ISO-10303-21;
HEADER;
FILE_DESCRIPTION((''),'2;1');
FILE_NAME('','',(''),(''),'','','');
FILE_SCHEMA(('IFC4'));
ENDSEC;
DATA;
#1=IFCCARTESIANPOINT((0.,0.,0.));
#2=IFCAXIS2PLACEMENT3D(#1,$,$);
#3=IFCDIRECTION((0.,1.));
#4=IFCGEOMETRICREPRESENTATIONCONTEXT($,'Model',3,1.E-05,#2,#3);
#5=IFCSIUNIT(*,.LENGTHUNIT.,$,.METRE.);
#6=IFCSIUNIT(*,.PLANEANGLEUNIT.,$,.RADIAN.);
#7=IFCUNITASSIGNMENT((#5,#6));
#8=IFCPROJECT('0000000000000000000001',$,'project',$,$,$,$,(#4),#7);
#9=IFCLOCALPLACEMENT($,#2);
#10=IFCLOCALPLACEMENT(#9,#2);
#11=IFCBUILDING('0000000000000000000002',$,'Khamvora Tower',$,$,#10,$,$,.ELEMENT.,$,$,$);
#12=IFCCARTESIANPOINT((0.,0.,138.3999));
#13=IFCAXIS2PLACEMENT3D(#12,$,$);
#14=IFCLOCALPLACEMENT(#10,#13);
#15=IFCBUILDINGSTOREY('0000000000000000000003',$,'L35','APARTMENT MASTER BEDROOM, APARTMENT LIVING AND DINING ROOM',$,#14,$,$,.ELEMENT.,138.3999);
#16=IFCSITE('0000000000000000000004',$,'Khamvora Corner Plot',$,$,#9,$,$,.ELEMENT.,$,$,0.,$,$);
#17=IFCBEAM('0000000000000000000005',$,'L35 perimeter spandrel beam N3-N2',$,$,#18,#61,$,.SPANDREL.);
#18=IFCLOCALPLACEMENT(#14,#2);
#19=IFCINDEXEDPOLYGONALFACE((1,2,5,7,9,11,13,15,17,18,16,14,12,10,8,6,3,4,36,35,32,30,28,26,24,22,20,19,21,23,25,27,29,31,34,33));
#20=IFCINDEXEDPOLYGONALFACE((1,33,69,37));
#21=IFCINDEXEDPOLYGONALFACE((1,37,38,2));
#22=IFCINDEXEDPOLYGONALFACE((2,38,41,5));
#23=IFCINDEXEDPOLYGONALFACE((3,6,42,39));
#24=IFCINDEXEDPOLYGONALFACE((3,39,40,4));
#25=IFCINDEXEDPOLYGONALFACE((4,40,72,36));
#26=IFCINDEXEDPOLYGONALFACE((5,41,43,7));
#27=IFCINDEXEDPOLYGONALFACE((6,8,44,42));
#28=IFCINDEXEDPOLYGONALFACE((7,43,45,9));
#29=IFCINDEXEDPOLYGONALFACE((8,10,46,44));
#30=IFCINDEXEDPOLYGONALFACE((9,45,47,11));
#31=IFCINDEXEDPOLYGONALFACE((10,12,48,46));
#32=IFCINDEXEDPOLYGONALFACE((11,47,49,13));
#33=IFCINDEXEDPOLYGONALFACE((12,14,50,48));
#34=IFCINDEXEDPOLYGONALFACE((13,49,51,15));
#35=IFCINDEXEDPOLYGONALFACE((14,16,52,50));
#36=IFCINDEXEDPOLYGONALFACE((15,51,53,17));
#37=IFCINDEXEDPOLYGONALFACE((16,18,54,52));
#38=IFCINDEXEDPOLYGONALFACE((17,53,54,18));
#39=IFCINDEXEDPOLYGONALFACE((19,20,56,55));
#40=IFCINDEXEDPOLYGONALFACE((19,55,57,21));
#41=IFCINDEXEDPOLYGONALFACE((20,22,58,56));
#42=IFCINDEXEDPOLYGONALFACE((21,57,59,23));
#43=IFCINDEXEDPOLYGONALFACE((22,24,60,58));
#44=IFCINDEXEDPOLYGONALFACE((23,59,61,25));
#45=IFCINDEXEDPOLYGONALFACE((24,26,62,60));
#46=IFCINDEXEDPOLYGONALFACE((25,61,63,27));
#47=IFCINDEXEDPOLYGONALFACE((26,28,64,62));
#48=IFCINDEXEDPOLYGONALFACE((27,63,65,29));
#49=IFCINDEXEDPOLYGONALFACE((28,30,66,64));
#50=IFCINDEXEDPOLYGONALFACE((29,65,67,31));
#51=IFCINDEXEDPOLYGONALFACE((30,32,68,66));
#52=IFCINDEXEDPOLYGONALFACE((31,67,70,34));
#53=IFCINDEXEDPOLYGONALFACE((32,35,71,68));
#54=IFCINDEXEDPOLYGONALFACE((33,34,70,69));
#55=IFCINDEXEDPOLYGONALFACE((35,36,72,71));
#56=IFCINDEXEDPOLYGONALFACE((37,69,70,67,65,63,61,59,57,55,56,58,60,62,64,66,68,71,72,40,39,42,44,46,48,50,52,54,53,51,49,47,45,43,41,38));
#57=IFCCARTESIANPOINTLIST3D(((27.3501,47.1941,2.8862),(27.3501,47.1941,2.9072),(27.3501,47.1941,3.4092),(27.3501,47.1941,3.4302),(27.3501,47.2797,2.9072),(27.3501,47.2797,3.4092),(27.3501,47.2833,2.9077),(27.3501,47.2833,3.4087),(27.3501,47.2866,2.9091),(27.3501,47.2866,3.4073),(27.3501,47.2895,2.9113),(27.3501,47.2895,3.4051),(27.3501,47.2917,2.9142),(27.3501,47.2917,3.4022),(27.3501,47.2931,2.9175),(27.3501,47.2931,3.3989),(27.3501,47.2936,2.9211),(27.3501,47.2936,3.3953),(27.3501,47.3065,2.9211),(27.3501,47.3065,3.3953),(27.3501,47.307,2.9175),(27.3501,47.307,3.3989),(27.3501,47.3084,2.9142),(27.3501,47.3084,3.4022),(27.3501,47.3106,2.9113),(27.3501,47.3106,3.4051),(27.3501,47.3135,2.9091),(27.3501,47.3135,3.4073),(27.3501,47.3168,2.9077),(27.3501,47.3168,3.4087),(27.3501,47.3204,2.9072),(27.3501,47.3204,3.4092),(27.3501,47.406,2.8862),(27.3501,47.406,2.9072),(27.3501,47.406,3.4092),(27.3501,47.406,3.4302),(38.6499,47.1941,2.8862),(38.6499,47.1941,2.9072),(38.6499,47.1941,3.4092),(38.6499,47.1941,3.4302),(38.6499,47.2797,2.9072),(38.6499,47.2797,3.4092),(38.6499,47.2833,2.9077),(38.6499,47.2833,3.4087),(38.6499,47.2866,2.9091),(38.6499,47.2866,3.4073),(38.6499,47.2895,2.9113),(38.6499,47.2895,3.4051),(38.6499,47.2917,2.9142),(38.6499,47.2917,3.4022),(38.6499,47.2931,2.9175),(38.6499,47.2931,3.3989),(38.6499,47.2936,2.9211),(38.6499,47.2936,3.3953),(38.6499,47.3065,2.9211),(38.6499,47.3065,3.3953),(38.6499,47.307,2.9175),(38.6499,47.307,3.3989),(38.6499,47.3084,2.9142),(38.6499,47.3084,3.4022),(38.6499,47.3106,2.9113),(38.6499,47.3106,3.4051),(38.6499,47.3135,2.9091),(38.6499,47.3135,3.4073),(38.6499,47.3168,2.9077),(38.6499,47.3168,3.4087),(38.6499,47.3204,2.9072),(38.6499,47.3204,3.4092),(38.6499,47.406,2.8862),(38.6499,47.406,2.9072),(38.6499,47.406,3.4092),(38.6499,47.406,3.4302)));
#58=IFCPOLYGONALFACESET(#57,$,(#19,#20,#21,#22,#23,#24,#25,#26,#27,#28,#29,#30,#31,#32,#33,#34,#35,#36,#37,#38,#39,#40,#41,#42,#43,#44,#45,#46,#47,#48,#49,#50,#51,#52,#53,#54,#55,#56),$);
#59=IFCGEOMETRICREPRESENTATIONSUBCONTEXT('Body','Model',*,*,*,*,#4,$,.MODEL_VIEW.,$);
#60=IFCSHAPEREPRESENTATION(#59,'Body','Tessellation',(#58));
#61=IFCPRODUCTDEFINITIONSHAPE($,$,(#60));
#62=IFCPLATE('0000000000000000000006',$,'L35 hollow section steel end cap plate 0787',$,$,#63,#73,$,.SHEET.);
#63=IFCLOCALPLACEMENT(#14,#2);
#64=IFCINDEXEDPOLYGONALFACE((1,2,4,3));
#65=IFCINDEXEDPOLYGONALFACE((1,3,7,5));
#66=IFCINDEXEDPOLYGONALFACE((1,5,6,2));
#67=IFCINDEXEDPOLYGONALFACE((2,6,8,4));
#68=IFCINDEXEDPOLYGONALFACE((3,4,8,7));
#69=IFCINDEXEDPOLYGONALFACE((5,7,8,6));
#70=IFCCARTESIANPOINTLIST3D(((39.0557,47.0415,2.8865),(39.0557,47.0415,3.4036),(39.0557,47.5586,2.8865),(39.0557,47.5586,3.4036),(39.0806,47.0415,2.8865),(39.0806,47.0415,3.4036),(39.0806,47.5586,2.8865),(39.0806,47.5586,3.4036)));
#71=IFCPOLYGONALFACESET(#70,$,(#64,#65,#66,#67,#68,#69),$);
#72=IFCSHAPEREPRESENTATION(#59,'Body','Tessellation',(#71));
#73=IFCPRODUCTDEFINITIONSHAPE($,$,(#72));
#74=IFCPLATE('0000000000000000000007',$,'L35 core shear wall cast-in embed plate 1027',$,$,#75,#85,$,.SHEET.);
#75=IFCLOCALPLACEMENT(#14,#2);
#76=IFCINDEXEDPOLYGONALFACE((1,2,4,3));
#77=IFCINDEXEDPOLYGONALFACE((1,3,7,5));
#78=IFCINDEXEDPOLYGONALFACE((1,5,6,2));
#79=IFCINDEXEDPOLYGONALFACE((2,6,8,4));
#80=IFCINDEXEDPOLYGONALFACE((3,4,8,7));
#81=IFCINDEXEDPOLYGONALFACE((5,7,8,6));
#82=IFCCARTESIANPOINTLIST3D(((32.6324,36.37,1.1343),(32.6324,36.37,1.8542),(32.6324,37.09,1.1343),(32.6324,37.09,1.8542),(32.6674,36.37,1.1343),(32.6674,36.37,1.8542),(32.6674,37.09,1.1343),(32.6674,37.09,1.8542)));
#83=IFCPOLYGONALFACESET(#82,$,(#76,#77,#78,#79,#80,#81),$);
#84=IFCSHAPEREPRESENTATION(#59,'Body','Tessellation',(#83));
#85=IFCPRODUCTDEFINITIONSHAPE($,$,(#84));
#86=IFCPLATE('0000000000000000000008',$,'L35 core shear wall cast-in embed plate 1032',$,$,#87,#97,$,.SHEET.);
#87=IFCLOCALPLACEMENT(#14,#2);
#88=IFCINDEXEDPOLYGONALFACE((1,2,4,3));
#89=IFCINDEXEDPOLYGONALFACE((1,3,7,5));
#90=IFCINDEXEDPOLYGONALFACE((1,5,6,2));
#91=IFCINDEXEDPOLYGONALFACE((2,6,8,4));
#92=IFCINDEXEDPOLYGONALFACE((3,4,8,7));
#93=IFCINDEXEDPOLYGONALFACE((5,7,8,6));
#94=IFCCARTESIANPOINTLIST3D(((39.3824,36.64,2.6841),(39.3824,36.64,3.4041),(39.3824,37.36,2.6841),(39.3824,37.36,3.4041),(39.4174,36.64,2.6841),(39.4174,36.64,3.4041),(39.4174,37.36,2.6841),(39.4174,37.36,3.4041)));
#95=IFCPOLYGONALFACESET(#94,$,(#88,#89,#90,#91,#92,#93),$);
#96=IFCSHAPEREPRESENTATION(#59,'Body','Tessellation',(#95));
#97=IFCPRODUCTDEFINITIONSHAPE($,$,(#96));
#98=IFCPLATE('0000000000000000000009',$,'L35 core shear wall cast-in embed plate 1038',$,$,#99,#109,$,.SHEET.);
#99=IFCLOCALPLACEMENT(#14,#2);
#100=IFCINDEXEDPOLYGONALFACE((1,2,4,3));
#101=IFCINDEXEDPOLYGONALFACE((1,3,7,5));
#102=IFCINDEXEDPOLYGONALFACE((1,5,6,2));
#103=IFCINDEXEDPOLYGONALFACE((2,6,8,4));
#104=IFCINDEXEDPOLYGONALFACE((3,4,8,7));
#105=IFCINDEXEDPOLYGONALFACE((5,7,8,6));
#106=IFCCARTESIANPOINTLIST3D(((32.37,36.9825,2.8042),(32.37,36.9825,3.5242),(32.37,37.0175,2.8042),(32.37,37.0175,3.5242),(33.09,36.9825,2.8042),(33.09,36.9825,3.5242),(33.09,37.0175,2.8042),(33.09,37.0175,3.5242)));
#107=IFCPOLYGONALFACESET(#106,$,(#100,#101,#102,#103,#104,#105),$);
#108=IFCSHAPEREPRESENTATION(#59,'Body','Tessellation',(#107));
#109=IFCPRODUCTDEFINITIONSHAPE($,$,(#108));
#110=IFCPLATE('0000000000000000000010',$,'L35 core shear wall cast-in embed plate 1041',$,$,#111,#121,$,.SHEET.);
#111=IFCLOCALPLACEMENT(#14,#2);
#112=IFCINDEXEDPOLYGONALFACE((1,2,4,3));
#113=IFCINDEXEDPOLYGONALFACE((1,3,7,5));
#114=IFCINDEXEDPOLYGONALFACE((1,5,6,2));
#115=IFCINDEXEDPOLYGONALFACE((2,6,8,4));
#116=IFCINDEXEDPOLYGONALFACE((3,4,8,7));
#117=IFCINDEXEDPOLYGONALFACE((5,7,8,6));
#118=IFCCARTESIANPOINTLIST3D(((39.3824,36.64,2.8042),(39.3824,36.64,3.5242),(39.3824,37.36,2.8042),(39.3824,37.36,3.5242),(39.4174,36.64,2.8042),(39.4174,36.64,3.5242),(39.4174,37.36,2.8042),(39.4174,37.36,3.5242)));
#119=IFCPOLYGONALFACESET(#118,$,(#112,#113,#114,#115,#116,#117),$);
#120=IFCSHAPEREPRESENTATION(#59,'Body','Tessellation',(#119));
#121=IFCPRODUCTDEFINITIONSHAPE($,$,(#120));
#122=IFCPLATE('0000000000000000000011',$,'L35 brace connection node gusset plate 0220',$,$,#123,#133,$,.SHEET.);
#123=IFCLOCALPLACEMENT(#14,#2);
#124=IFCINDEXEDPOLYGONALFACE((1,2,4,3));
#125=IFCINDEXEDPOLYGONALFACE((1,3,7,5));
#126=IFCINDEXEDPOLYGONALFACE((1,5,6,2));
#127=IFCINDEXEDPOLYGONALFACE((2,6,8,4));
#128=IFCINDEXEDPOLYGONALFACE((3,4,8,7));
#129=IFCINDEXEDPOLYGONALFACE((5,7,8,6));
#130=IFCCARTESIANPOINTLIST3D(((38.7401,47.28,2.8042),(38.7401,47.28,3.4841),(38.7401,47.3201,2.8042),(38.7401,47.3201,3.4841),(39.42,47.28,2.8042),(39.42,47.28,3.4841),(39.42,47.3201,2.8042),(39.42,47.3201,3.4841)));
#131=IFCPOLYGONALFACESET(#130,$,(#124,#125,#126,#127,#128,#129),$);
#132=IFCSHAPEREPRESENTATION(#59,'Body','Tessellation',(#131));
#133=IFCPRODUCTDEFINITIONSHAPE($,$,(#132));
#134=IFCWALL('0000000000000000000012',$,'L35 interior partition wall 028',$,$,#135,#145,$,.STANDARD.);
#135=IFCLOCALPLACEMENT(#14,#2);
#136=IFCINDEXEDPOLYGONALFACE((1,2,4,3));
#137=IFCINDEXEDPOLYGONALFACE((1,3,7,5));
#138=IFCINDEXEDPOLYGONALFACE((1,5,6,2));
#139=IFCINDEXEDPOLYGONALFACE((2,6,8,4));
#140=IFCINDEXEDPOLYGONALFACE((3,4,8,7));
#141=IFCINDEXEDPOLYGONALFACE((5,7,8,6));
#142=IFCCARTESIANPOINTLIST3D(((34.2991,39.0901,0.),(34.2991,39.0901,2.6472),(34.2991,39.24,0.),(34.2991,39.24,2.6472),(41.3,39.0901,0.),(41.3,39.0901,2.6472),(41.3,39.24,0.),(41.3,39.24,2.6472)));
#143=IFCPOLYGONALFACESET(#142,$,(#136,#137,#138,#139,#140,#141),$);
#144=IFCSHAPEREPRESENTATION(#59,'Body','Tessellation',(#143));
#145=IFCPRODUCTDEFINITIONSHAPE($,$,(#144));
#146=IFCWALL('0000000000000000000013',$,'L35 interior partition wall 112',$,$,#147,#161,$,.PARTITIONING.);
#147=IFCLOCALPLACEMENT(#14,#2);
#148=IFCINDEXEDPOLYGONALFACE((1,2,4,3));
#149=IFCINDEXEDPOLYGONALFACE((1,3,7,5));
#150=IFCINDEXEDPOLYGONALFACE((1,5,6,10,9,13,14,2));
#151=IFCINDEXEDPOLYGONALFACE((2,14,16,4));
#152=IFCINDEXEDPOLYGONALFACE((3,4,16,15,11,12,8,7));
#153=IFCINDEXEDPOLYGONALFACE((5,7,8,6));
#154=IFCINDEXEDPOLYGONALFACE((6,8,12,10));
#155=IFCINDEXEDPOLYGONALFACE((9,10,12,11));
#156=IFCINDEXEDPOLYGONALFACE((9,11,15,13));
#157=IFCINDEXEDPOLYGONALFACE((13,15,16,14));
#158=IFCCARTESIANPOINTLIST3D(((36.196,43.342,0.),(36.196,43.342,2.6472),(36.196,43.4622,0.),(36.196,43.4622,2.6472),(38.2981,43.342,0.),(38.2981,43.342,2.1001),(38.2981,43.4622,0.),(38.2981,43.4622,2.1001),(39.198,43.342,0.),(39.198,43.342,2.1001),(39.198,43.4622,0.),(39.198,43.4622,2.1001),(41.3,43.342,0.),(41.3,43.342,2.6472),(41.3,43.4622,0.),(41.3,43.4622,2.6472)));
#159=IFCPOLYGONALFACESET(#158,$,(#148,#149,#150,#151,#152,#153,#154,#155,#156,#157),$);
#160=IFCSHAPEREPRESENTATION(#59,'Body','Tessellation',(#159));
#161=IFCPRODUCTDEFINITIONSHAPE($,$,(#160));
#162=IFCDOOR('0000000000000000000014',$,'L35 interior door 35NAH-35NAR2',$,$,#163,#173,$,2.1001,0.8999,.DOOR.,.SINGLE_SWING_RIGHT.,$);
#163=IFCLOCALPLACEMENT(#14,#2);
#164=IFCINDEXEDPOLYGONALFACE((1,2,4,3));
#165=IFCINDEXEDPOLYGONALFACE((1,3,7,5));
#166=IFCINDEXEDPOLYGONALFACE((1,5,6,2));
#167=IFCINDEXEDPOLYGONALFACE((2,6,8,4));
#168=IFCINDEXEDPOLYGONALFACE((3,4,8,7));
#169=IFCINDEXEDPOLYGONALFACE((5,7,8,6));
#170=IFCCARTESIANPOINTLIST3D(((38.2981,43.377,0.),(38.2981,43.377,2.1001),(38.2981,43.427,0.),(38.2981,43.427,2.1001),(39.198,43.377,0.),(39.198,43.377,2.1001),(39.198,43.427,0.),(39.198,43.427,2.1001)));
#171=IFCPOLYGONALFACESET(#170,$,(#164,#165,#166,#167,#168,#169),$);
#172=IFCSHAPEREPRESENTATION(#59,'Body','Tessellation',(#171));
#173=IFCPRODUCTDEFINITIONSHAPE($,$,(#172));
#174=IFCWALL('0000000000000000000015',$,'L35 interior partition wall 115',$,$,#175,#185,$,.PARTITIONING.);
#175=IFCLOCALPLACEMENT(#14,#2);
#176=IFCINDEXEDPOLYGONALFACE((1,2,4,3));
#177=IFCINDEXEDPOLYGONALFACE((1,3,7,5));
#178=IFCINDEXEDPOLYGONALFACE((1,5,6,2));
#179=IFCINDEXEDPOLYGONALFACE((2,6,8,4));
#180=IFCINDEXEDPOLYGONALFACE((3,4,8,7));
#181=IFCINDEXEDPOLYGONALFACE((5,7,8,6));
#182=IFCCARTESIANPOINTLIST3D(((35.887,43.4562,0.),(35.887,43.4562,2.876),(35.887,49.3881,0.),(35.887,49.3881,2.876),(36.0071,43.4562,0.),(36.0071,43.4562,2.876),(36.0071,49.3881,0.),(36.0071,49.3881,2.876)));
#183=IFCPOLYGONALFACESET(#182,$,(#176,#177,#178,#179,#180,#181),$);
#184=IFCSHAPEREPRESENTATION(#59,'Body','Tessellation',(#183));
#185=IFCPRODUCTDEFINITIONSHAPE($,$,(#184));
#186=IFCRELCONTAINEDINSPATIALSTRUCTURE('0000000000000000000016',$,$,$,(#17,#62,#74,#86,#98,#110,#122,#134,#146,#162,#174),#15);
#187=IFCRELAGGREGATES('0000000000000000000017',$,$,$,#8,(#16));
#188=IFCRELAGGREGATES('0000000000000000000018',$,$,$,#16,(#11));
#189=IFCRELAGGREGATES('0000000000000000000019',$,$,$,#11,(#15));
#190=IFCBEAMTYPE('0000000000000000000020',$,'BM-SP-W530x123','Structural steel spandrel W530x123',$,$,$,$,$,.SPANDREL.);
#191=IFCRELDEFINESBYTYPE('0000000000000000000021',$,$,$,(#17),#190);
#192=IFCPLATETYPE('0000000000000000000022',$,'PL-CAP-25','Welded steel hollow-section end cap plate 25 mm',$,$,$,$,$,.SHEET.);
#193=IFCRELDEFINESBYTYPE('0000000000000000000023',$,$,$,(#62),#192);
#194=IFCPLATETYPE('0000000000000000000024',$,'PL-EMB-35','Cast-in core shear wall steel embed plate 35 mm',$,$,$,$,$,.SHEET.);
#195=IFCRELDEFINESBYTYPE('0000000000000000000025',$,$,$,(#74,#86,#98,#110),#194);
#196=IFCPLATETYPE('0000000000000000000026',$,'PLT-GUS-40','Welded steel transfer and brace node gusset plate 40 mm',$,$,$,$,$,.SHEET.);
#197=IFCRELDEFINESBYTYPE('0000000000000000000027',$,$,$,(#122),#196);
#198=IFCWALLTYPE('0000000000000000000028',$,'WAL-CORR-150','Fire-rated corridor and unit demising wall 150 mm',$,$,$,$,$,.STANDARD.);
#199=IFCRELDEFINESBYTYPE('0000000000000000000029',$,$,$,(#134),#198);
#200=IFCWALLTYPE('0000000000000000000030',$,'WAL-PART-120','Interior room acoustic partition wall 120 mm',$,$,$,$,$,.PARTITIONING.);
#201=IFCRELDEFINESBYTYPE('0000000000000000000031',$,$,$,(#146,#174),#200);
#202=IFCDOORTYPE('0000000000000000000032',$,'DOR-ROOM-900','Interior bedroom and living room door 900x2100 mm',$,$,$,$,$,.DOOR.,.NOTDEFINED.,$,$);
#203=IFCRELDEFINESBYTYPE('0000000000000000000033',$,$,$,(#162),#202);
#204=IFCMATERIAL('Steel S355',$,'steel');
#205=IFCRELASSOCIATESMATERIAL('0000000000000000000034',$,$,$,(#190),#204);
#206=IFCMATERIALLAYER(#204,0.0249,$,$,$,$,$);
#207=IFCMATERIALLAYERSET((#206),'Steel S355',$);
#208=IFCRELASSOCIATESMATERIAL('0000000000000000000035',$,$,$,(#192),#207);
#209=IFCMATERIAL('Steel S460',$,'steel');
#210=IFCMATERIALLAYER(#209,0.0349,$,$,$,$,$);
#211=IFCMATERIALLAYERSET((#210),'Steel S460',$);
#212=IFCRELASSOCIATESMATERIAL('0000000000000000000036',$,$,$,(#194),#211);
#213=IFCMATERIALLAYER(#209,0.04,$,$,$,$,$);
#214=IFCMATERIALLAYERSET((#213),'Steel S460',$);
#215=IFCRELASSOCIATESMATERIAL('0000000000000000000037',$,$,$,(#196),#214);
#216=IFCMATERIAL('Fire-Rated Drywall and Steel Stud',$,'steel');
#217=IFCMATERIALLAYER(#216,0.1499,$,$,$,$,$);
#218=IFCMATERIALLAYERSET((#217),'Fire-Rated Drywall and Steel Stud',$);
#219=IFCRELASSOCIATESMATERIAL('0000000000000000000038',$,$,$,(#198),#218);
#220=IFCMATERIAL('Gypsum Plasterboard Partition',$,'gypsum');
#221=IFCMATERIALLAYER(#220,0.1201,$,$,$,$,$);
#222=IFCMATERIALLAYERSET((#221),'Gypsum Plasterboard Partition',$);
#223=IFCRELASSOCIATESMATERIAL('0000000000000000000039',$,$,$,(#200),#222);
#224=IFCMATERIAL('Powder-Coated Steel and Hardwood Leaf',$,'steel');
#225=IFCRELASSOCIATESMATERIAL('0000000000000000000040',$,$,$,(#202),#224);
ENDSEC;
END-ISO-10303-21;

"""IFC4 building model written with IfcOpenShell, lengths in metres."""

from ifc_helpers import new_model, si_unit, direction, frame, frame_2d, origin, origin_2d, place, context, subcontext, project, spatial, rectangle, i_section, extrude, material, layer, layer_set, material_profile, profile_set, type_object, element, fill, save


model = new_model("IFC4")

# Units and contexts
model_context = context("Model", 3, precision=1e-05, world=origin(), true_north=direction((0.0, 1.0)))
body_context = subcontext(model_context, "Body", "Model", "MODEL_VIEW")
ifc_project = project(units=[si_unit("LENGTHUNIT", "METRE"), si_unit("PLANEANGLEUNIT", "RADIAN")], contexts=[model_context])

# Site, building, storey
site_placement = place(None, origin())
site = spatial("IfcSite", under=ifc_project, at=site_placement, Name="Khamvora Corner Plot", CompositionType="ELEMENT", RefElevation=0.0)
building_placement = place(site_placement, origin())
building = spatial("IfcBuilding", under=site, at=building_placement, Name="Khamvora Tower", CompositionType="ELEMENT")
storey_placement = place(building_placement, frame((0.0, 0.0, 138.3999)))
storey = spatial("IfcBuildingStorey", under=building, at=storey_placement, Name="L35", Description="APARTMENT MASTER BEDROOM, APARTMENT LIVING AND DINING ROOM", CompositionType="ELEMENT", Elevation=138.3999)

# Shared definitions
ifc_material_1 = material(Name="Steel S460", Category="steel")
ifc_material_2 = material(Name="Steel S355", Category="steel")

# Beam
ifc_material_profile_1 = material_profile(ifc_material_2, i_section(OverallWidth=0.2119, OverallDepth=0.5439, WebThickness=0.0129, FlangeThickness=0.021, FilletRadius=0.0139, at=origin_2d()), Name="W530x123")
ifc_profile_set_1 = profile_set([ifc_material_profile_1], Name="Steel S355")
beam_type_1 = type_object("IfcBeamType", Name="BM-SP-W530x123", Description="Structural steel spandrel W530x123", PredefinedType="SPANDREL", material=ifc_profile_set_1)
beam_1_placement = place(storey_placement, frame((38.6499, 47.3, 3.1582), z_axis=(-1.0, 0.0, 0.0), x_axis=(0.0, -1.0, 0.0)))
element("IfcBeam", 1, at=beam_1_placement, inside=storey, type_object=beam_type_1, Name="L35 perimeter spandrel beam N3-N2", PredefinedType="SPANDREL", context=body_context, shape_type="SweptSolid", body=[
    extrude(i_section(OverallWidth=0.2119, OverallDepth=0.5439, WebThickness=0.0129, FlangeThickness=0.021, FilletRadius=0.0139, at=origin_2d()), origin(), (0.0, 0.0, 1.0), 11.2998),
])

# Plates
ifc_layer_1 = layer(ifc_material_2, 0.0249)
ifc_layer_set_1 = layer_set([ifc_layer_1], Name="Steel S355")
plate_type_1 = type_object("IfcPlateType", Name="PL-CAP-25", Description="Welded steel hollow-section end cap plate 25 mm", PredefinedType="SHEET", material=ifc_layer_set_1)
plate_1_placement = place(storey_placement, frame((39.0681, 47.3, 2.8865), z_axis=(0.0, 0.0, 1.0), x_axis=(-1.0, 0.0, 0.0)))
element("IfcPlate", 2, at=plate_1_placement, inside=storey, type_object=plate_type_1, Name="L35 hollow section steel end cap plate 0787", PredefinedType="SHEET", context=body_context, shape_type="SweptSolid", body=[
    extrude(rectangle(XDim=0.0249, YDim=0.5171, at=origin_2d()), origin(), (0.0, 0.0, 1.0), 0.5171),
])
ifc_layer_2 = layer(ifc_material_1, 0.0349)
ifc_layer_set_2 = layer_set([ifc_layer_2], Name="Steel S460")
plate_type_2 = type_object("IfcPlateType", Name="PL-EMB-35", Description="Cast-in core shear wall steel embed plate 35 mm", PredefinedType="SHEET", material=ifc_layer_set_2)
for number, where, z_axis, x_axis, name in (
    (3, (32.6499, 36.73, 1.1343), (0.0, 0.0, 1.0), (1.0, 0.0, 0.0), "L35 core shear wall cast-in embed plate 1027"),
    (4, (39.3999, 37.0, 2.6841), (0.0, 0.0, 1.0), (1.0, 0.0, 0.0), "L35 core shear wall cast-in embed plate 1032"),
):
    element("IfcPlate", number, at=place(storey_placement, frame(where, z_axis=z_axis, x_axis=x_axis)), inside=storey, type_object=plate_type_2, Name=name, PredefinedType="SHEET", context=body_context, shape_type="SweptSolid", body=[
        extrude(rectangle(XDim=0.0349, YDim=0.72, at=origin_2d()), origin(), (0.0, 0.0, 1.0), 0.72),
    ])
plate_2_placement = place(storey_placement, frame((32.73, 37.0, 2.8042), z_axis=(0.0, 0.0, 1.0), x_axis=(1.0, 0.0, 0.0)))
element("IfcPlate", 5, at=plate_2_placement, inside=storey, type_object=plate_type_2, Name="L35 core shear wall cast-in embed plate 1038", PredefinedType="SHEET", context=body_context, shape_type="SweptSolid", body=[
    extrude(rectangle(XDim=0.72, YDim=0.0349, at=origin_2d()), origin(), (0.0, 0.0, 1.0), 0.72),
])
plate_3_placement = place(storey_placement, frame((39.3999, 37.0, 2.8042), z_axis=(0.0, 0.0, 1.0), x_axis=(1.0, 0.0, 0.0)))
element("IfcPlate", 6, at=plate_3_placement, inside=storey, type_object=plate_type_2, Name="L35 core shear wall cast-in embed plate 1041", PredefinedType="SHEET", context=body_context, shape_type="SweptSolid", body=[
    extrude(rectangle(XDim=0.0349, YDim=0.72, at=origin_2d()), origin(), (0.0, 0.0, 1.0), 0.72),
])
ifc_layer_3 = layer(ifc_material_1, 0.04)
ifc_layer_set_3 = layer_set([ifc_layer_3], Name="Steel S460")
plate_type_3 = type_object("IfcPlateType", Name="PLT-GUS-40", Description="Welded steel transfer and brace node gusset plate 40 mm", PredefinedType="SHEET", material=ifc_layer_set_3)
plate_4_placement = place(storey_placement, frame((39.0801, 47.3, 2.8042), z_axis=(0.0, 0.0, 1.0), x_axis=(1.0, 0.0, 0.0)))
element("IfcPlate", 7, at=plate_4_placement, inside=storey, type_object=plate_type_3, Name="L35 brace connection node gusset plate 0220", PredefinedType="SHEET", context=body_context, shape_type="SweptSolid", body=[
    extrude(rectangle(XDim=0.6799, YDim=0.04, at=origin_2d()), origin(), (0.0, 0.0, 1.0), 0.6799),
])

# Shared definitions
ifc_material_3 = material(Name="Fire-Rated Drywall and Steel Stud", Category="steel")
ifc_layer_4 = layer(ifc_material_3, 0.1499)
ifc_layer_set_4 = layer_set([ifc_layer_4], Name="Fire-Rated Drywall and Steel Stud")
wall_type_1 = type_object("IfcWallType", Name="WAL-CORR-150", Description="Fire-rated corridor and unit demising wall 150 mm", PredefinedType="STANDARD", material=ifc_layer_set_4)
ifc_material_4 = material(Name="Powder-Coated Steel and Hardwood Leaf", Category="steel")

# Wall
wall_1_placement = place(storey_placement, frame((34.2991, 39.165, 0.0), z_axis=(0.0, 0.0, 1.0), x_axis=(1.0, 0.0, 0.0)))
element("IfcWall", 8, at=wall_1_placement, inside=storey, type_object=wall_type_1, Name="L35 interior partition wall 028", PredefinedType="STANDARD", context=body_context, shape_type="SweptSolid", body=[
    extrude(rectangle(XDim=7.001, YDim=0.1499, at=frame_2d((3.5005, 0.0))), origin(), (0.0, 0.0, 1.0), 2.6472),
])

# Wall, opening, door
ifc_material_5 = material(Name="Gypsum Plasterboard Partition", Category="gypsum")
ifc_layer_5 = layer(ifc_material_5, 0.1201)
ifc_layer_set_5 = layer_set([ifc_layer_5], Name="Gypsum Plasterboard Partition")
wall_type_2 = type_object("IfcWallType", Name="WAL-PART-120", Description="Interior room acoustic partition wall 120 mm", PredefinedType="PARTITIONING", material=ifc_layer_set_5)
wall_2_placement = place(storey_placement, frame((36.196, 43.4021, 0.0), z_axis=(0.0, 0.0, 1.0), x_axis=(1.0, 0.0, 0.0)))
wall_2 = element("IfcWall", 9, at=wall_2_placement, inside=storey, type_object=wall_type_2, Name="L35 interior partition wall 112", PredefinedType="PARTITIONING", context=body_context, shape_type="SweptSolid", body=[
    extrude(rectangle(XDim=5.104, YDim=0.1201, at=frame_2d((2.552, 0.0))), origin(), (0.0, 0.0, 1.0), 2.6472),
])
opening_1_placement = place(wall_2_placement, frame((2.1021, 0.0, 0.0)))
opening_1 = element("IfcOpeningElement", 10, at=opening_1_placement, cuts=wall_2, PredefinedType="OPENING", context=body_context, shape_type="SweptSolid", body=[
    extrude(rectangle(XDim=0.8999, YDim=2.1001, at=frame_2d((0.45, 1.05))), frame((0.0, 0.0701, 0.0), z_axis=(0.0, -1.0, 0.0), x_axis=(1.0, 0.0, 0.0)), (0.0, 0.0, 1.0), 0.1401),
])
door_type_1 = type_object("IfcDoorType", Name="DOR-ROOM-900", Description="Interior bedroom and living room door 900x2100 mm", OperationType="NOTDEFINED", PredefinedType="DOOR", material=ifc_material_4)
door_1_placement = place(opening_1_placement, origin())
door_1 = element("IfcDoor", 11, at=door_1_placement, inside=storey, type_object=door_type_1, Name="L35 interior door 35NAH-35NAR2", OperationType="SINGLE_SWING_RIGHT", OverallHeight=2.1001, OverallWidth=0.8999, PredefinedType="DOOR", context=body_context, shape_type="SweptSolid", body=[
    extrude(rectangle(XDim=0.8999, YDim=2.1001, at=frame_2d((0.45, 1.05))), frame((0.0, 0.0249, 0.0), z_axis=(0.0, -1.0, 0.0), x_axis=(1.0, 0.0, 0.0)), (0.0, 0.0, 1.0), 0.05),
])
fill(opening_1, door_1)

# Wall
wall_3_placement = place(storey_placement, frame((35.947, 49.3879, 0.0), z_axis=(0.0, 0.0, 1.0), x_axis=(0.0, -1.0, 0.0)))
element("IfcWall", 12, at=wall_3_placement, inside=storey, type_object=wall_type_2, Name="L35 interior partition wall 115", PredefinedType="PARTITIONING", context=body_context, shape_type="SweptSolid", body=[
    extrude(rectangle(XDim=5.9319, YDim=0.1201, at=frame_2d((2.9658, 0.0))), origin(), (0.0, 0.0, 1.0), 2.876),
])

save(model, "model.ifc")
